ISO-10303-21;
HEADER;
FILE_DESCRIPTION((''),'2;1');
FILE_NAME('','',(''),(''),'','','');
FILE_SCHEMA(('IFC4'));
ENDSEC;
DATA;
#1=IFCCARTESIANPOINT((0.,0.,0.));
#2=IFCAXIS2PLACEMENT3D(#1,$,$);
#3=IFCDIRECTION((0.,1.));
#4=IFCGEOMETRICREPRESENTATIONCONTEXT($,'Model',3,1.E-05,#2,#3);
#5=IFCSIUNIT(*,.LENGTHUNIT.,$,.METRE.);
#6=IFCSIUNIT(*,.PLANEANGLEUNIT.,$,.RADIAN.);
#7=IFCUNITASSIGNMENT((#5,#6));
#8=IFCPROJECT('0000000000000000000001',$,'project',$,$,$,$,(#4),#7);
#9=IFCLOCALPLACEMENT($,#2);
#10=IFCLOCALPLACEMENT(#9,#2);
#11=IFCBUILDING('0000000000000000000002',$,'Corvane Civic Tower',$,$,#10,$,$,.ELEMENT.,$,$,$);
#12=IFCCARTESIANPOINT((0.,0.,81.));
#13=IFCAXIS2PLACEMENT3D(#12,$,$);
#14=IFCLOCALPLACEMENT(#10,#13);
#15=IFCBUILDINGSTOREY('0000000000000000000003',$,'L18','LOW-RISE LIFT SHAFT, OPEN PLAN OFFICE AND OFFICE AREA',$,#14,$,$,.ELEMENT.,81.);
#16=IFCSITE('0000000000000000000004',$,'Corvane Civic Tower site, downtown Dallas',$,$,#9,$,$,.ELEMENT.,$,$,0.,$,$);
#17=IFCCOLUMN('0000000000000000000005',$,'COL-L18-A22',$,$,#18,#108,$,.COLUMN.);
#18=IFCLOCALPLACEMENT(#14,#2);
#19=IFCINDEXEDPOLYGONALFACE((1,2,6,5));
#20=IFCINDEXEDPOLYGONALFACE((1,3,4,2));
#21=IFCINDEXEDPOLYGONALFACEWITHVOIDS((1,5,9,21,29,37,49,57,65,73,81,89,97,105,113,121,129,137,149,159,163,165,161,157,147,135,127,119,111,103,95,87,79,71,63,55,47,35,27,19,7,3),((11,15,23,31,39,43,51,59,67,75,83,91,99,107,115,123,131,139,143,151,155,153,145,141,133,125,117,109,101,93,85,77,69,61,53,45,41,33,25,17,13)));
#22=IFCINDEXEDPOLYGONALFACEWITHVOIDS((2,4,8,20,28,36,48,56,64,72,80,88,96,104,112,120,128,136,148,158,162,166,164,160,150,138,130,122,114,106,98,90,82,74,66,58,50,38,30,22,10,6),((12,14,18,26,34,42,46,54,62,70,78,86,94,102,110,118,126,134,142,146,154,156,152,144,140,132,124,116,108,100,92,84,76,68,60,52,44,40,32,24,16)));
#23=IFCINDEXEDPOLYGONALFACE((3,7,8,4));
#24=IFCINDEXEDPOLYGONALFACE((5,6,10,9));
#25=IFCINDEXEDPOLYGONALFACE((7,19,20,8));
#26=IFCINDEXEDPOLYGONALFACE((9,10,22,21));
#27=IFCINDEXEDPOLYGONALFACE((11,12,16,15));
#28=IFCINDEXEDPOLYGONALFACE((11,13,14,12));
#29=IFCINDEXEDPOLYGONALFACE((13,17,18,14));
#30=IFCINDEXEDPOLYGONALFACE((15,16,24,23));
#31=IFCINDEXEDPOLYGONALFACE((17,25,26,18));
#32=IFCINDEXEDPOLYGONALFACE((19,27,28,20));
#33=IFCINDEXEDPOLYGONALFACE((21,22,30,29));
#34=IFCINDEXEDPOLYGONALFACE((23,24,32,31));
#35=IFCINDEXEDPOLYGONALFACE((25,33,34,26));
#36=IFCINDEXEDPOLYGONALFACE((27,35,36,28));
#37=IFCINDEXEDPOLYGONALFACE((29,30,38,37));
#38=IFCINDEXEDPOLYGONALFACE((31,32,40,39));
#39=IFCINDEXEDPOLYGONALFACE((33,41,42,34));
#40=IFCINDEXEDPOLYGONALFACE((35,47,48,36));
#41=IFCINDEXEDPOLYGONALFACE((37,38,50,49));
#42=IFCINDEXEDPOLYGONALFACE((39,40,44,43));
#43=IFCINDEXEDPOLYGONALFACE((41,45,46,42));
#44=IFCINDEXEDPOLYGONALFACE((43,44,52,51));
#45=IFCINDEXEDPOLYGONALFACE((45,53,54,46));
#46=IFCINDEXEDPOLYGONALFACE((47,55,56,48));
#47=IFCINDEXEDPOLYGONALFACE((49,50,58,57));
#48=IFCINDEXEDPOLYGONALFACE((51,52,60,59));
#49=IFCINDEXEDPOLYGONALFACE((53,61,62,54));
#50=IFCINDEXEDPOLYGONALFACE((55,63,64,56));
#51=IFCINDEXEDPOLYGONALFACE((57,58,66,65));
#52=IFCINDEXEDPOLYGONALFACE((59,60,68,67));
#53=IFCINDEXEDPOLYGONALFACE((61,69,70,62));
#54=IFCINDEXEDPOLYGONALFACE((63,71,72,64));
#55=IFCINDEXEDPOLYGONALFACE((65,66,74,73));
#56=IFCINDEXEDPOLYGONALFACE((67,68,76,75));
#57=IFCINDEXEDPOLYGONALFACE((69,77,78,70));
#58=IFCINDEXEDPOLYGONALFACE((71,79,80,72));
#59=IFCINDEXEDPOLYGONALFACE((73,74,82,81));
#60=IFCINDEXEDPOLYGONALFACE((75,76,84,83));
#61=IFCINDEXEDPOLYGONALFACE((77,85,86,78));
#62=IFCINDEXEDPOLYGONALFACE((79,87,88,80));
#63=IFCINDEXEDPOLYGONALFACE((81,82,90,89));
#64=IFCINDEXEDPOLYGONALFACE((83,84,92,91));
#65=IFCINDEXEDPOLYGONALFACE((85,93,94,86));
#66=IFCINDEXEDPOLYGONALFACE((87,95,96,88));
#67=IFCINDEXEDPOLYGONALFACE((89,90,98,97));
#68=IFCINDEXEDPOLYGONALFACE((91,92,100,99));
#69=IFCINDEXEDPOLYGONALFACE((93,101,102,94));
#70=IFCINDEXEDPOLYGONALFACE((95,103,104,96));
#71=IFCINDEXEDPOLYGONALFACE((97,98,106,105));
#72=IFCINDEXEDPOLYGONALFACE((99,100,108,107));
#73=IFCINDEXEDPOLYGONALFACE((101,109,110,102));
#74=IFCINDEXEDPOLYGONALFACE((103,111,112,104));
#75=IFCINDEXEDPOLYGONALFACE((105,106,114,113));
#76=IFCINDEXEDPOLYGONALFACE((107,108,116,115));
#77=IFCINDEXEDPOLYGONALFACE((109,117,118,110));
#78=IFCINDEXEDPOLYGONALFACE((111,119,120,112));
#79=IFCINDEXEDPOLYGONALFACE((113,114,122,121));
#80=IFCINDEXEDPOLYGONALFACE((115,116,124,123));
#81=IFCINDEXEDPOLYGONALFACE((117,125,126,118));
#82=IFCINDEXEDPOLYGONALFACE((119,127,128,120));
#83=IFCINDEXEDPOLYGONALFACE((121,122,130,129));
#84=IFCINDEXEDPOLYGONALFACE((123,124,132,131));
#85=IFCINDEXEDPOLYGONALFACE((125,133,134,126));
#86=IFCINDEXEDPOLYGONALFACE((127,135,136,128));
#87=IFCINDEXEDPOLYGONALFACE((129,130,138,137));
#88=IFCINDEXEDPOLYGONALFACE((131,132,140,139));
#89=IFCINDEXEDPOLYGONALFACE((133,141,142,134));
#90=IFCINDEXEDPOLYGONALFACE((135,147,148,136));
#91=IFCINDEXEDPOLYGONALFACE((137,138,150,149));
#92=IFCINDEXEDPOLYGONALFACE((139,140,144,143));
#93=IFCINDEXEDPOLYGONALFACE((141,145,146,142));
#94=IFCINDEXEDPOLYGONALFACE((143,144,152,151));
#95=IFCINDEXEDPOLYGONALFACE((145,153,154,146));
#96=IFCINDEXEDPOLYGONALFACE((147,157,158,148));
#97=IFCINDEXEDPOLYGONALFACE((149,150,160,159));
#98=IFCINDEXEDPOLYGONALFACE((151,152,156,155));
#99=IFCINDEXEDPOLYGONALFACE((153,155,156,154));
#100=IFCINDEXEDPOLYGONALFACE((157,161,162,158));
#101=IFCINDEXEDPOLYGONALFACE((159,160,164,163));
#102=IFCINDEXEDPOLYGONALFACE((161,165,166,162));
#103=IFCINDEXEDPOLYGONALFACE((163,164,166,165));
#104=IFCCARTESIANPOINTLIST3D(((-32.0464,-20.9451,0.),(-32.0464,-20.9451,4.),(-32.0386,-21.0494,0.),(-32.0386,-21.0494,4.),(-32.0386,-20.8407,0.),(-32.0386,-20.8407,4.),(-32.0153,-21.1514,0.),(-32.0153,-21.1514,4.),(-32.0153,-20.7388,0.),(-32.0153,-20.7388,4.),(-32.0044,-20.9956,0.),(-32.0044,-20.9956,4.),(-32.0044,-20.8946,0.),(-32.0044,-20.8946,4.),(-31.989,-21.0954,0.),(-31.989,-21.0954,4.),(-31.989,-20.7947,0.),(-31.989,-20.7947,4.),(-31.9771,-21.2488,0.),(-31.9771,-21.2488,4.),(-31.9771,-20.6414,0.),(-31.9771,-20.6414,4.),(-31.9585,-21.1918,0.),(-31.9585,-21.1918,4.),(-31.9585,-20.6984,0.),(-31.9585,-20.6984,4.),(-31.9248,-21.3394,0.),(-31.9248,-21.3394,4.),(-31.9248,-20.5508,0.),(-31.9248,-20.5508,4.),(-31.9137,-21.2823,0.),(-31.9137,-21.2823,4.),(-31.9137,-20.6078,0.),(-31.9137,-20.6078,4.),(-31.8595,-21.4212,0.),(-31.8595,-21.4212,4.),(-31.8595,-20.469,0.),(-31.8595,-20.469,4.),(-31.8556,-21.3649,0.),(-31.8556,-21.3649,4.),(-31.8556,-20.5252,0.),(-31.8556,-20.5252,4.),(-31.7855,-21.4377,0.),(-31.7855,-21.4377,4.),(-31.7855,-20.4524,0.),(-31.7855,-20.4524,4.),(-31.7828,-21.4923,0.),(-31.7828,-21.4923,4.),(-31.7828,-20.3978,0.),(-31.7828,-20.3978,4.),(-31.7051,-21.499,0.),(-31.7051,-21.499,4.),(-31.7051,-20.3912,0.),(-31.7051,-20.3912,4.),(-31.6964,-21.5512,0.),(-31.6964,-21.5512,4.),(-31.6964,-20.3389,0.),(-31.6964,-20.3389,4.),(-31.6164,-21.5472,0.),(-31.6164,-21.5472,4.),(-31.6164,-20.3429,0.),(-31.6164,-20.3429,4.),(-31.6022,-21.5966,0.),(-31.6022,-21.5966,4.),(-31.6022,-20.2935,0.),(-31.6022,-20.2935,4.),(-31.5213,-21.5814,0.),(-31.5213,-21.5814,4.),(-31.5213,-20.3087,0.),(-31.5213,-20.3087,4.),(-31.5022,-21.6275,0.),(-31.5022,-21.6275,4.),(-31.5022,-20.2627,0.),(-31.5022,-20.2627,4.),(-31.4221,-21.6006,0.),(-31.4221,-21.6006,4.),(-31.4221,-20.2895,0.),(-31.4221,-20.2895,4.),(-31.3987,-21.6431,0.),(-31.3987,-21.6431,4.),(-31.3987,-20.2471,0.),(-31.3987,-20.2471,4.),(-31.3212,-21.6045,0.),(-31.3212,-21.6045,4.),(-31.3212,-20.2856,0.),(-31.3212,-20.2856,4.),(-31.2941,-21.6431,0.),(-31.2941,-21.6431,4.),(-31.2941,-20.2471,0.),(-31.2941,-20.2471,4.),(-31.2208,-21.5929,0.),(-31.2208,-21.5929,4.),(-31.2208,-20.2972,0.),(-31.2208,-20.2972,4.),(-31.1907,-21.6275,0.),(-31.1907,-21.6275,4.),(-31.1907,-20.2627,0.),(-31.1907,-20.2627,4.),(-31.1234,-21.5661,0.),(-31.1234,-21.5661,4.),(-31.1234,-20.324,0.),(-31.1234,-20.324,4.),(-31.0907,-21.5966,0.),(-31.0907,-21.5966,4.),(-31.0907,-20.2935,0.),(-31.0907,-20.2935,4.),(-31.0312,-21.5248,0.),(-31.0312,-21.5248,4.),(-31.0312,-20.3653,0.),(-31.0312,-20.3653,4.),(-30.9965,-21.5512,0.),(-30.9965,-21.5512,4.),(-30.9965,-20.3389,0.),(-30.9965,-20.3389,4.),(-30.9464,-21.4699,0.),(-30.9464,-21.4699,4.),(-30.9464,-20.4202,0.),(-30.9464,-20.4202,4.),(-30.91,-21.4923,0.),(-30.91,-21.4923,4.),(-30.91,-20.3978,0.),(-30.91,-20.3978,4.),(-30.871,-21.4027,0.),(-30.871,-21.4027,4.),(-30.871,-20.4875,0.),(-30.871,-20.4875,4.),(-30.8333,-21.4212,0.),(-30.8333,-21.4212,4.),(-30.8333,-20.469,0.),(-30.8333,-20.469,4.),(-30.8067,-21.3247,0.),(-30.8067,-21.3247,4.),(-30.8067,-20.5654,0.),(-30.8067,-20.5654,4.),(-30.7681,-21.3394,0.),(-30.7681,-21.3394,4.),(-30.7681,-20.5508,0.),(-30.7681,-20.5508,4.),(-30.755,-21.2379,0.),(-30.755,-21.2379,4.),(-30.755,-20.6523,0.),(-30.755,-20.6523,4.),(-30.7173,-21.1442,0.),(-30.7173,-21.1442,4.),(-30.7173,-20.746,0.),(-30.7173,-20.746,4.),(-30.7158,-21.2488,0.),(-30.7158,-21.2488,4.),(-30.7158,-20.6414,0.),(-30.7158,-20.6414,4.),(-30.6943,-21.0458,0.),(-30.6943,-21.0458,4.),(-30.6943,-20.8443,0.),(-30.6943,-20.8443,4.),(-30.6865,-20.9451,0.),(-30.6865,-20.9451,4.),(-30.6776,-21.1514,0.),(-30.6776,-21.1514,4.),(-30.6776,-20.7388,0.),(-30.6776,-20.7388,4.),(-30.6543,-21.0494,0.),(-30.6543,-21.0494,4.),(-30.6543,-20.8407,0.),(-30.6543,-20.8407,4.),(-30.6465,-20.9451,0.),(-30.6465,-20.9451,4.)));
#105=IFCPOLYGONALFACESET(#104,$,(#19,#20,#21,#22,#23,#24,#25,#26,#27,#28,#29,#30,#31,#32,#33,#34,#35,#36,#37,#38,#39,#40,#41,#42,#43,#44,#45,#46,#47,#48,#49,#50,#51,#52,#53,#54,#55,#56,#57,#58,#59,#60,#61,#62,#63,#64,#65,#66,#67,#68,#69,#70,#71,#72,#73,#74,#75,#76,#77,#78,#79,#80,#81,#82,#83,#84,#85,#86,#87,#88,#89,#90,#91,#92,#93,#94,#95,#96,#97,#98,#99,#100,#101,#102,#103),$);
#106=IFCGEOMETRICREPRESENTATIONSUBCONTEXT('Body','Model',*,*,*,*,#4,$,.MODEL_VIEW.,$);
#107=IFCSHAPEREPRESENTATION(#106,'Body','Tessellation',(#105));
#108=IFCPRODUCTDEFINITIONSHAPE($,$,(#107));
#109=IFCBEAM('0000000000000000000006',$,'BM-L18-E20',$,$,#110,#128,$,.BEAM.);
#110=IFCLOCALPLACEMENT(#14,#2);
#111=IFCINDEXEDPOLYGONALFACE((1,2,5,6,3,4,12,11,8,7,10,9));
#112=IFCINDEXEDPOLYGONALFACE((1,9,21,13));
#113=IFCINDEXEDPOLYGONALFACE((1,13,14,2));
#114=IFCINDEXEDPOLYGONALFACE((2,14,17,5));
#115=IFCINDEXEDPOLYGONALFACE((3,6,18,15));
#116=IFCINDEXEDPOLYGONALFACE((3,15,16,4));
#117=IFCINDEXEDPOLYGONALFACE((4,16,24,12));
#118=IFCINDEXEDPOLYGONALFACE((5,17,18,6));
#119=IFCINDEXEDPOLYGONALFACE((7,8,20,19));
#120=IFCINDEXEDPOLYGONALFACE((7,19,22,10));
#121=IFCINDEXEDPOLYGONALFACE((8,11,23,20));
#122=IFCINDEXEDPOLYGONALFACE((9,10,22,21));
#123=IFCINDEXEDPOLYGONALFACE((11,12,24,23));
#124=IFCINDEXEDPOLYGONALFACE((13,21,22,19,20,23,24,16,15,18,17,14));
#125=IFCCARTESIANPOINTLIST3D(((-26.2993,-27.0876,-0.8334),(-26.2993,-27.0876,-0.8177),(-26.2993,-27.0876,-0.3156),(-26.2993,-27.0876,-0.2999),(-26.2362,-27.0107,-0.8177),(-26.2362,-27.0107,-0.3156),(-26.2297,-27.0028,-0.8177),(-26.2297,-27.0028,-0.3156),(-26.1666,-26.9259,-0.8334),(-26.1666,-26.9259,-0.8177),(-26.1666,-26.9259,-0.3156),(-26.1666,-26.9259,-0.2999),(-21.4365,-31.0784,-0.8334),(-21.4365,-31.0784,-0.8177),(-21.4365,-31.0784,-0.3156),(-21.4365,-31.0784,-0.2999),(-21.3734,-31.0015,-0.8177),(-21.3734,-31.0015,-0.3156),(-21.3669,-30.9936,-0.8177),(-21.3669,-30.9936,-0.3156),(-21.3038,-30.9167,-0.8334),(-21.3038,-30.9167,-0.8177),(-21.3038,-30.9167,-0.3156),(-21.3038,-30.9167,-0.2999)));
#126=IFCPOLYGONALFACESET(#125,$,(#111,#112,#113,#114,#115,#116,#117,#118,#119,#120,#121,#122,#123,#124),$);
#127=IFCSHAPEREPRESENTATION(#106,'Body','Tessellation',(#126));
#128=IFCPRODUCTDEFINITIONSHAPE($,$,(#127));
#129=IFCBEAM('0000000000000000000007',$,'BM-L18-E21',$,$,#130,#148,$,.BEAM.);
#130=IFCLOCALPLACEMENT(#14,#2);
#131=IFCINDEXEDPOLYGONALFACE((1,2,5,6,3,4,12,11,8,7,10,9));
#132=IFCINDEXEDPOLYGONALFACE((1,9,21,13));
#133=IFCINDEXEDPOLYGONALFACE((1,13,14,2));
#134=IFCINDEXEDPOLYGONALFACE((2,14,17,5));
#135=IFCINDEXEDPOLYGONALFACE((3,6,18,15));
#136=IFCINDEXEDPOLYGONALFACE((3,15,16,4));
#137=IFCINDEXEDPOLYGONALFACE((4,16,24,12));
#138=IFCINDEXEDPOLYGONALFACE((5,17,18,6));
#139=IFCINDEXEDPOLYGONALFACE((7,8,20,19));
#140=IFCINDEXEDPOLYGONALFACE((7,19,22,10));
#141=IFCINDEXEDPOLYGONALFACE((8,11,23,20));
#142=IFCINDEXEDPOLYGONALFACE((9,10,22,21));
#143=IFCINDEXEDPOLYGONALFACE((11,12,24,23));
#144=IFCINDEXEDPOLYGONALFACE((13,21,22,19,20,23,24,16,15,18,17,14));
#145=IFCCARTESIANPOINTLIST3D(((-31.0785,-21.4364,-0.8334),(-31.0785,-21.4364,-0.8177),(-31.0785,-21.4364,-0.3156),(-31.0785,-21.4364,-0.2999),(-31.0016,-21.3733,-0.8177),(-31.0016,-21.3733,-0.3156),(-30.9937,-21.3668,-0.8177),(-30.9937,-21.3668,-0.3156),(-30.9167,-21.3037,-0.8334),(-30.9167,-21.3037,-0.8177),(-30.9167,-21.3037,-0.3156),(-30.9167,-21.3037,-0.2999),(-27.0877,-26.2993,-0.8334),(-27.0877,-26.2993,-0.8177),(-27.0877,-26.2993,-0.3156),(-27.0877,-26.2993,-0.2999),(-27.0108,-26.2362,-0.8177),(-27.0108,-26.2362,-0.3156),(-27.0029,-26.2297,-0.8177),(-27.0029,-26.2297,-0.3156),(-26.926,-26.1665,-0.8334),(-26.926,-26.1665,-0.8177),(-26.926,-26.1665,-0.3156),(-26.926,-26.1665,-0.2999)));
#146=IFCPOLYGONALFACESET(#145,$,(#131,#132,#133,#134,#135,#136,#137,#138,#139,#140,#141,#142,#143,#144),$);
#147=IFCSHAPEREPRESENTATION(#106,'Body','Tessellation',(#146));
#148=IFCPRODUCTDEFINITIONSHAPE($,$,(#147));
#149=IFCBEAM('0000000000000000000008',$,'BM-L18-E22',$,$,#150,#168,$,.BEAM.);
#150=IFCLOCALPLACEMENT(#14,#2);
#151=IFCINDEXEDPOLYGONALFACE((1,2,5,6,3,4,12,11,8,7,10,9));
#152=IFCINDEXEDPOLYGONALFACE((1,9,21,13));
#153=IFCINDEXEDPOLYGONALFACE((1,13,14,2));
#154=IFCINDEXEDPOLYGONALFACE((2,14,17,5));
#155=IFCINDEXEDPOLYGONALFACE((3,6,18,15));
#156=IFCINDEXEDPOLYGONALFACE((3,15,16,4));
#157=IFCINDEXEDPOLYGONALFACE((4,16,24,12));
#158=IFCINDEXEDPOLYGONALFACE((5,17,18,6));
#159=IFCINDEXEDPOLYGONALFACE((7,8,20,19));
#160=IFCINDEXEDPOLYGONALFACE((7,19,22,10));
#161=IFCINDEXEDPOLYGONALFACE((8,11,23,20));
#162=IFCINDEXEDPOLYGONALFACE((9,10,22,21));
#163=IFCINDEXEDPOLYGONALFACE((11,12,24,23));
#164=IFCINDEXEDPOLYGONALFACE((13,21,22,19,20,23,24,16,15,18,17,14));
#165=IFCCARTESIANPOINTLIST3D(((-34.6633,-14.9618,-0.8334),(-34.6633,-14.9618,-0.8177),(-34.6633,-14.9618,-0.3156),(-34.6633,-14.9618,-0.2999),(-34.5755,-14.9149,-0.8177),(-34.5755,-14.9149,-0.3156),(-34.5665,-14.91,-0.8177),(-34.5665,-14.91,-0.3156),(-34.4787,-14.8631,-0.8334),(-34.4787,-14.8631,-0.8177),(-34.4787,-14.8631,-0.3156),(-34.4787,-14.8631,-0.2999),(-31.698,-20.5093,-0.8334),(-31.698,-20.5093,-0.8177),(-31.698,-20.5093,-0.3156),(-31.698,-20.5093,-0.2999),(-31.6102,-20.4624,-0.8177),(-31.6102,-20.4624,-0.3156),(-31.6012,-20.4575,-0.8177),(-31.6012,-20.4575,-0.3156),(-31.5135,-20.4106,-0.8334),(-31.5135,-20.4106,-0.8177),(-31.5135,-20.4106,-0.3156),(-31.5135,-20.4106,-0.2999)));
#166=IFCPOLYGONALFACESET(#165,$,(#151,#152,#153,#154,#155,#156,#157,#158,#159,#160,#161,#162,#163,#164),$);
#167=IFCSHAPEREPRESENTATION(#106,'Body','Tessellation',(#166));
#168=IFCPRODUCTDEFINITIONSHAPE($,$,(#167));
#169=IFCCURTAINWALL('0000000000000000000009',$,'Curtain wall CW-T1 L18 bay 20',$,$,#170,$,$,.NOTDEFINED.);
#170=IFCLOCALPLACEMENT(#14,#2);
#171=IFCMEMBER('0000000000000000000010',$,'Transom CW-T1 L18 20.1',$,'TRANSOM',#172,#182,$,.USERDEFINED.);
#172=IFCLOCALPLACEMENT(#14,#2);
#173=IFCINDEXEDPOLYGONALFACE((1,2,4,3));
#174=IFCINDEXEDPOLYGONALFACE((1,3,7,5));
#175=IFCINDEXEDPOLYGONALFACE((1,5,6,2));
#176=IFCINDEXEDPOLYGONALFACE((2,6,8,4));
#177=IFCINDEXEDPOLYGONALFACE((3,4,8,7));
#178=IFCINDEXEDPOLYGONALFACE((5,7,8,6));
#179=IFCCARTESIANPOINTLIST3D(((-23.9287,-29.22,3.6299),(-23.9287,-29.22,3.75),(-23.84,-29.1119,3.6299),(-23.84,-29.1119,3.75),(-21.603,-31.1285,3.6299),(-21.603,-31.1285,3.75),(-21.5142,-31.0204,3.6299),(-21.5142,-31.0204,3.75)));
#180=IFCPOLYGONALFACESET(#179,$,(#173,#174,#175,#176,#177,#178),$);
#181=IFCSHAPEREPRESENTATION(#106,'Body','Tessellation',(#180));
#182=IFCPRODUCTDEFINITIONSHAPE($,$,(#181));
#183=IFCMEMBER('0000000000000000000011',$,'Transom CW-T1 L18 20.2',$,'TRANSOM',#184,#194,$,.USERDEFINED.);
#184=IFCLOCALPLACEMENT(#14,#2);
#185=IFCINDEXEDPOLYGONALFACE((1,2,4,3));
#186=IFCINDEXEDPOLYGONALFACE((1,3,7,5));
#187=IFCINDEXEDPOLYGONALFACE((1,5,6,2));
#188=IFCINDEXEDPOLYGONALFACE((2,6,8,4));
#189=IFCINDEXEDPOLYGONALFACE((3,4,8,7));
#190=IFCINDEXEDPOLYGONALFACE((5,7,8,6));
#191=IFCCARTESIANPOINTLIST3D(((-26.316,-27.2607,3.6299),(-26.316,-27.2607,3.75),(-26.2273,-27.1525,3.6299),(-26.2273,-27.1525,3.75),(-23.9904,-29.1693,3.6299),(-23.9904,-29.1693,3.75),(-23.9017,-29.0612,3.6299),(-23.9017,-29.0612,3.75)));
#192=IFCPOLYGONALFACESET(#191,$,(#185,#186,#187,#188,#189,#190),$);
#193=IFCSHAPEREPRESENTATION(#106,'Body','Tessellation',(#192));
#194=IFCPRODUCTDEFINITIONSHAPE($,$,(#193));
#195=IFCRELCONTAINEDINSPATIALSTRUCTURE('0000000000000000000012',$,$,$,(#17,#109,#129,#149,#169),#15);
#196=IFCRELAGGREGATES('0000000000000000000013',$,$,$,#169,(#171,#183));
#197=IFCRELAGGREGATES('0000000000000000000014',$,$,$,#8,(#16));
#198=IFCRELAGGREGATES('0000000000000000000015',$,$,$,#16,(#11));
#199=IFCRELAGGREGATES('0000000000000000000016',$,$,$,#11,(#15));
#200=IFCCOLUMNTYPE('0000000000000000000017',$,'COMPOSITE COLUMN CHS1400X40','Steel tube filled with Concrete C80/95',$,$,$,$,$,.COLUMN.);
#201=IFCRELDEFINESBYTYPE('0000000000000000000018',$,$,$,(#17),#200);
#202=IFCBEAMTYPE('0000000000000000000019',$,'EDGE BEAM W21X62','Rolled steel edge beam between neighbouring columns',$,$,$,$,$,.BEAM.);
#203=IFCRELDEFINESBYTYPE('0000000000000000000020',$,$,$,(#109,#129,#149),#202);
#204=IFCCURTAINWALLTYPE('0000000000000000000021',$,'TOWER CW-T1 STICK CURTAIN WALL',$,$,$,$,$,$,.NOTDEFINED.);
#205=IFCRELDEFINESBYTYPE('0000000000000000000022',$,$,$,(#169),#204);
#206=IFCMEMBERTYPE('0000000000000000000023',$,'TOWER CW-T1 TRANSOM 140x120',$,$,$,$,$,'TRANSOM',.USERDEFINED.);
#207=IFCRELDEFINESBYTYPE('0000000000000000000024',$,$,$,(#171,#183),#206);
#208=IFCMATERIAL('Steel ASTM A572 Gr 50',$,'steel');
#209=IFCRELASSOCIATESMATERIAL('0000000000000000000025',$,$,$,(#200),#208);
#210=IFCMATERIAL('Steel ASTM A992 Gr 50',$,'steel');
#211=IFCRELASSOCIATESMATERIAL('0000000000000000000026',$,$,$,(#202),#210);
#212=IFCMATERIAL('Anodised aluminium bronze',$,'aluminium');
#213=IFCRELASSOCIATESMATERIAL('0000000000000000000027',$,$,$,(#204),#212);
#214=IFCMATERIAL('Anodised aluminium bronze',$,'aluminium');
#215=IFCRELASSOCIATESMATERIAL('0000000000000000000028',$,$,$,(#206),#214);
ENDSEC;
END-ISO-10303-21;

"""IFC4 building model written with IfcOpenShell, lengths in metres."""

from ifc_helpers import new_model, si_unit, direction, frame, origin, origin_2d, place, context, subcontext, project, spatial, rectangle, hollow_circle, i_section, extrude, material, material_profile, profile_set, type_object, element, aggregate, save


model = new_model("IFC4")

# Units and contexts
model_context = context("Model", 3, precision=1e-05, world=origin(), true_north=direction((0.0, 1.0)))
body_context = subcontext(model_context, "Body", "Model", "MODEL_VIEW")
ifc_project = project(units=[si_unit("LENGTHUNIT", "METRE"), si_unit("PLANEANGLEUNIT", "RADIAN")], contexts=[model_context])

# Site, building, storey
site_placement = place(None, origin())
site = spatial("IfcSite", under=ifc_project, at=site_placement, Name="Corvane Civic Tower site, downtown Dallas", CompositionType="ELEMENT", RefElevation=0.0)
building_placement = place(site_placement, origin())
building = spatial("IfcBuilding", under=site, at=building_placement, Name="Corvane Civic Tower", CompositionType="ELEMENT")
storey_placement = place(building_placement, frame((0.0, 0.0, 81.0)))
storey = spatial("IfcBuildingStorey", under=building, at=storey_placement, Name="L18", Description="LOW-RISE LIFT SHAFT, OPEN PLAN OFFICE AND OFFICE AREA", CompositionType="ELEMENT", Elevation=81.0)

# Column
ifc_material_1 = material(Name="Steel ASTM A572 Gr 50", Category="steel")
ifc_material_profile_1 = material_profile(ifc_material_1, hollow_circle(Radius=0.7, WallThickness=0.04, at=origin_2d()), Name="CHS1400X40")
ifc_profile_set_1 = profile_set([ifc_material_profile_1], Name="Steel ASTM A572 Gr 50")
column_type = type_object("IfcColumnType", Name="COMPOSITE COLUMN CHS1400X40", Description="Steel tube filled with Concrete C80/95", PredefinedType="COLUMN", material=ifc_profile_set_1)
for number, where, z_axis, x_axis, name in (
    (1, (-31.3464, -20.9451, 0.0), (0.0, 0.0, 1.0), (1.0, 0.0, 0.0), "COL-L18-A22"),
):
    element("IfcColumn", number, at=place(storey_placement, frame(where, z_axis=z_axis, x_axis=x_axis)), inside=storey, type_object=column_type, Name=name, PredefinedType="COLUMN", context=body_context, shape_type="SweptSolid", body=[
        extrude(hollow_circle(Radius=0.7, WallThickness=0.04, at=origin_2d()), origin(), (0.0, 0.0, 1.0), 4.0),
    ])

# Beams
ifc_material_2 = material(Name="Steel ASTM A992 Gr 50", Category="steel")
ifc_material_profile_2 = material_profile(ifc_material_2, i_section(OverallWidth=0.2092, OverallDepth=0.5334, WebThickness=0.0103, FlangeThickness=0.0156, at=origin_2d()), Name="W21X62")
ifc_profile_set_2 = profile_set([ifc_material_profile_2], Name="Steel ASTM A992 Gr 50")
beam_type = type_object("IfcBeamType", Name="EDGE BEAM W21X62", Description="Rolled steel edge beam between neighbouring columns", PredefinedType="BEAM", material=ifc_profile_set_2)
for number, where, z_axis, x_axis, name in (
    (2, (-21.3701, -30.9976, -0.5667), (-0.773016, 0.634387, 0.0), (-0.634387, -0.773016, 0.0), "BM-L18-E20"),
    (3, (-27.0068, -26.2329, -0.5667), (-0.634387, 0.773016, 0.0), (-0.773016, -0.634387, 0.0), "BM-L18-E21"),
):
    element("IfcBeam", number, at=place(storey_placement, frame(where, z_axis=z_axis, x_axis=x_axis)), inside=storey, type_object=beam_type, Name=name, PredefinedType="BEAM", context=body_context, shape_type="SweptSolid", body=[
        extrude(i_section(OverallWidth=0.2092, OverallDepth=0.5334, WebThickness=0.0103, FlangeThickness=0.0156, at=origin_2d()), origin(), (0.0, 0.0, 1.0), 6.2908),
    ])
beam_placement = place(storey_placement, frame((-31.6057, -20.46, -0.5667), z_axis=(-0.471406, 0.881916, 0.0), x_axis=(-0.881916, -0.471406, 0.0)))
element("IfcBeam", 4, at=beam_placement, inside=storey, type_object=beam_type, Name="BM-L18-E22", PredefinedType="BEAM", context=body_context, shape_type="SweptSolid", body=[
    extrude(i_section(OverallWidth=0.2092, OverallDepth=0.5334, WebThickness=0.0103, FlangeThickness=0.0156, at=origin_2d()), origin(), (0.0, 0.0, 1.0), 6.2903),
])

# Curtain wall, members
ifc_material_3 = material(Name="Anodised aluminium bronze", Category="aluminium")
curtain_wall_type = type_object("IfcCurtainWallType", Name="TOWER CW-T1 STICK CURTAIN WALL", PredefinedType="NOTDEFINED", material=ifc_material_3)
curtain_wall_1_placement = place(storey_placement, origin())
curtain_wall_1 = element("IfcCurtainWall", 5, at=curtain_wall_1_placement, inside=storey, type_object=curtain_wall_type, Name="Curtain wall CW-T1 L18 bay 20", PredefinedType="NOTDEFINED")
ifc_material_4 = material(Name="Anodised aluminium bronze", Category="aluminium")
ifc_material_profile_3 = material_profile(ifc_material_4, rectangle(XDim=0.1399, YDim=0.1201, at=origin_2d()), Name="TOWER CW-T1 TRANSOM 140x120")
ifc_profile_set_3 = profile_set([ifc_material_profile_3], Name="Anodised aluminium bronze")
member_type_1 = type_object("IfcMemberType", Name="TOWER CW-T1 TRANSOM 140x120", ElementType="TRANSOM", PredefinedType="USERDEFINED", material=ifc_profile_set_3)
member_1_placement = place(storey_placement, frame((-21.5586, -31.0745, 3.6899), z_axis=(-0.773042, 0.634355, 0.0), x_axis=(-0.634355, -0.773042, 0.0)))
member_1 = element("IfcMember", 6, at=member_1_placement, type_object=member_type_1, Name="Transom CW-T1 L18 20.1", ObjectType="TRANSOM", PredefinedType="USERDEFINED", context=body_context, shape_type="SweptSolid", body=[
    extrude(rectangle(XDim=0.1399, YDim=0.1201, at=origin_2d()), origin(), (0.0, 0.0, 1.0), 3.0085),
])
member_2_placement = place(storey_placement, frame((-23.946, -29.1152, 3.6899), z_axis=(-0.773002, 0.634404, 0.0), x_axis=(-0.634404, -0.773002, 0.0)))
member_2 = element("IfcMember", 7, at=member_2_placement, type_object=member_type_1, Name="Transom CW-T1 L18 20.2", ObjectType="TRANSOM", PredefinedType="USERDEFINED", context=body_context, shape_type="SweptSolid", body=[
    extrude(rectangle(XDim=0.1399, YDim=0.1201, at=origin_2d()), origin(), (0.0, 0.0, 1.0), 3.0085),
])

aggregate(curtain_wall_1, [member_1, member_2])

save(model, "model.ifc")
